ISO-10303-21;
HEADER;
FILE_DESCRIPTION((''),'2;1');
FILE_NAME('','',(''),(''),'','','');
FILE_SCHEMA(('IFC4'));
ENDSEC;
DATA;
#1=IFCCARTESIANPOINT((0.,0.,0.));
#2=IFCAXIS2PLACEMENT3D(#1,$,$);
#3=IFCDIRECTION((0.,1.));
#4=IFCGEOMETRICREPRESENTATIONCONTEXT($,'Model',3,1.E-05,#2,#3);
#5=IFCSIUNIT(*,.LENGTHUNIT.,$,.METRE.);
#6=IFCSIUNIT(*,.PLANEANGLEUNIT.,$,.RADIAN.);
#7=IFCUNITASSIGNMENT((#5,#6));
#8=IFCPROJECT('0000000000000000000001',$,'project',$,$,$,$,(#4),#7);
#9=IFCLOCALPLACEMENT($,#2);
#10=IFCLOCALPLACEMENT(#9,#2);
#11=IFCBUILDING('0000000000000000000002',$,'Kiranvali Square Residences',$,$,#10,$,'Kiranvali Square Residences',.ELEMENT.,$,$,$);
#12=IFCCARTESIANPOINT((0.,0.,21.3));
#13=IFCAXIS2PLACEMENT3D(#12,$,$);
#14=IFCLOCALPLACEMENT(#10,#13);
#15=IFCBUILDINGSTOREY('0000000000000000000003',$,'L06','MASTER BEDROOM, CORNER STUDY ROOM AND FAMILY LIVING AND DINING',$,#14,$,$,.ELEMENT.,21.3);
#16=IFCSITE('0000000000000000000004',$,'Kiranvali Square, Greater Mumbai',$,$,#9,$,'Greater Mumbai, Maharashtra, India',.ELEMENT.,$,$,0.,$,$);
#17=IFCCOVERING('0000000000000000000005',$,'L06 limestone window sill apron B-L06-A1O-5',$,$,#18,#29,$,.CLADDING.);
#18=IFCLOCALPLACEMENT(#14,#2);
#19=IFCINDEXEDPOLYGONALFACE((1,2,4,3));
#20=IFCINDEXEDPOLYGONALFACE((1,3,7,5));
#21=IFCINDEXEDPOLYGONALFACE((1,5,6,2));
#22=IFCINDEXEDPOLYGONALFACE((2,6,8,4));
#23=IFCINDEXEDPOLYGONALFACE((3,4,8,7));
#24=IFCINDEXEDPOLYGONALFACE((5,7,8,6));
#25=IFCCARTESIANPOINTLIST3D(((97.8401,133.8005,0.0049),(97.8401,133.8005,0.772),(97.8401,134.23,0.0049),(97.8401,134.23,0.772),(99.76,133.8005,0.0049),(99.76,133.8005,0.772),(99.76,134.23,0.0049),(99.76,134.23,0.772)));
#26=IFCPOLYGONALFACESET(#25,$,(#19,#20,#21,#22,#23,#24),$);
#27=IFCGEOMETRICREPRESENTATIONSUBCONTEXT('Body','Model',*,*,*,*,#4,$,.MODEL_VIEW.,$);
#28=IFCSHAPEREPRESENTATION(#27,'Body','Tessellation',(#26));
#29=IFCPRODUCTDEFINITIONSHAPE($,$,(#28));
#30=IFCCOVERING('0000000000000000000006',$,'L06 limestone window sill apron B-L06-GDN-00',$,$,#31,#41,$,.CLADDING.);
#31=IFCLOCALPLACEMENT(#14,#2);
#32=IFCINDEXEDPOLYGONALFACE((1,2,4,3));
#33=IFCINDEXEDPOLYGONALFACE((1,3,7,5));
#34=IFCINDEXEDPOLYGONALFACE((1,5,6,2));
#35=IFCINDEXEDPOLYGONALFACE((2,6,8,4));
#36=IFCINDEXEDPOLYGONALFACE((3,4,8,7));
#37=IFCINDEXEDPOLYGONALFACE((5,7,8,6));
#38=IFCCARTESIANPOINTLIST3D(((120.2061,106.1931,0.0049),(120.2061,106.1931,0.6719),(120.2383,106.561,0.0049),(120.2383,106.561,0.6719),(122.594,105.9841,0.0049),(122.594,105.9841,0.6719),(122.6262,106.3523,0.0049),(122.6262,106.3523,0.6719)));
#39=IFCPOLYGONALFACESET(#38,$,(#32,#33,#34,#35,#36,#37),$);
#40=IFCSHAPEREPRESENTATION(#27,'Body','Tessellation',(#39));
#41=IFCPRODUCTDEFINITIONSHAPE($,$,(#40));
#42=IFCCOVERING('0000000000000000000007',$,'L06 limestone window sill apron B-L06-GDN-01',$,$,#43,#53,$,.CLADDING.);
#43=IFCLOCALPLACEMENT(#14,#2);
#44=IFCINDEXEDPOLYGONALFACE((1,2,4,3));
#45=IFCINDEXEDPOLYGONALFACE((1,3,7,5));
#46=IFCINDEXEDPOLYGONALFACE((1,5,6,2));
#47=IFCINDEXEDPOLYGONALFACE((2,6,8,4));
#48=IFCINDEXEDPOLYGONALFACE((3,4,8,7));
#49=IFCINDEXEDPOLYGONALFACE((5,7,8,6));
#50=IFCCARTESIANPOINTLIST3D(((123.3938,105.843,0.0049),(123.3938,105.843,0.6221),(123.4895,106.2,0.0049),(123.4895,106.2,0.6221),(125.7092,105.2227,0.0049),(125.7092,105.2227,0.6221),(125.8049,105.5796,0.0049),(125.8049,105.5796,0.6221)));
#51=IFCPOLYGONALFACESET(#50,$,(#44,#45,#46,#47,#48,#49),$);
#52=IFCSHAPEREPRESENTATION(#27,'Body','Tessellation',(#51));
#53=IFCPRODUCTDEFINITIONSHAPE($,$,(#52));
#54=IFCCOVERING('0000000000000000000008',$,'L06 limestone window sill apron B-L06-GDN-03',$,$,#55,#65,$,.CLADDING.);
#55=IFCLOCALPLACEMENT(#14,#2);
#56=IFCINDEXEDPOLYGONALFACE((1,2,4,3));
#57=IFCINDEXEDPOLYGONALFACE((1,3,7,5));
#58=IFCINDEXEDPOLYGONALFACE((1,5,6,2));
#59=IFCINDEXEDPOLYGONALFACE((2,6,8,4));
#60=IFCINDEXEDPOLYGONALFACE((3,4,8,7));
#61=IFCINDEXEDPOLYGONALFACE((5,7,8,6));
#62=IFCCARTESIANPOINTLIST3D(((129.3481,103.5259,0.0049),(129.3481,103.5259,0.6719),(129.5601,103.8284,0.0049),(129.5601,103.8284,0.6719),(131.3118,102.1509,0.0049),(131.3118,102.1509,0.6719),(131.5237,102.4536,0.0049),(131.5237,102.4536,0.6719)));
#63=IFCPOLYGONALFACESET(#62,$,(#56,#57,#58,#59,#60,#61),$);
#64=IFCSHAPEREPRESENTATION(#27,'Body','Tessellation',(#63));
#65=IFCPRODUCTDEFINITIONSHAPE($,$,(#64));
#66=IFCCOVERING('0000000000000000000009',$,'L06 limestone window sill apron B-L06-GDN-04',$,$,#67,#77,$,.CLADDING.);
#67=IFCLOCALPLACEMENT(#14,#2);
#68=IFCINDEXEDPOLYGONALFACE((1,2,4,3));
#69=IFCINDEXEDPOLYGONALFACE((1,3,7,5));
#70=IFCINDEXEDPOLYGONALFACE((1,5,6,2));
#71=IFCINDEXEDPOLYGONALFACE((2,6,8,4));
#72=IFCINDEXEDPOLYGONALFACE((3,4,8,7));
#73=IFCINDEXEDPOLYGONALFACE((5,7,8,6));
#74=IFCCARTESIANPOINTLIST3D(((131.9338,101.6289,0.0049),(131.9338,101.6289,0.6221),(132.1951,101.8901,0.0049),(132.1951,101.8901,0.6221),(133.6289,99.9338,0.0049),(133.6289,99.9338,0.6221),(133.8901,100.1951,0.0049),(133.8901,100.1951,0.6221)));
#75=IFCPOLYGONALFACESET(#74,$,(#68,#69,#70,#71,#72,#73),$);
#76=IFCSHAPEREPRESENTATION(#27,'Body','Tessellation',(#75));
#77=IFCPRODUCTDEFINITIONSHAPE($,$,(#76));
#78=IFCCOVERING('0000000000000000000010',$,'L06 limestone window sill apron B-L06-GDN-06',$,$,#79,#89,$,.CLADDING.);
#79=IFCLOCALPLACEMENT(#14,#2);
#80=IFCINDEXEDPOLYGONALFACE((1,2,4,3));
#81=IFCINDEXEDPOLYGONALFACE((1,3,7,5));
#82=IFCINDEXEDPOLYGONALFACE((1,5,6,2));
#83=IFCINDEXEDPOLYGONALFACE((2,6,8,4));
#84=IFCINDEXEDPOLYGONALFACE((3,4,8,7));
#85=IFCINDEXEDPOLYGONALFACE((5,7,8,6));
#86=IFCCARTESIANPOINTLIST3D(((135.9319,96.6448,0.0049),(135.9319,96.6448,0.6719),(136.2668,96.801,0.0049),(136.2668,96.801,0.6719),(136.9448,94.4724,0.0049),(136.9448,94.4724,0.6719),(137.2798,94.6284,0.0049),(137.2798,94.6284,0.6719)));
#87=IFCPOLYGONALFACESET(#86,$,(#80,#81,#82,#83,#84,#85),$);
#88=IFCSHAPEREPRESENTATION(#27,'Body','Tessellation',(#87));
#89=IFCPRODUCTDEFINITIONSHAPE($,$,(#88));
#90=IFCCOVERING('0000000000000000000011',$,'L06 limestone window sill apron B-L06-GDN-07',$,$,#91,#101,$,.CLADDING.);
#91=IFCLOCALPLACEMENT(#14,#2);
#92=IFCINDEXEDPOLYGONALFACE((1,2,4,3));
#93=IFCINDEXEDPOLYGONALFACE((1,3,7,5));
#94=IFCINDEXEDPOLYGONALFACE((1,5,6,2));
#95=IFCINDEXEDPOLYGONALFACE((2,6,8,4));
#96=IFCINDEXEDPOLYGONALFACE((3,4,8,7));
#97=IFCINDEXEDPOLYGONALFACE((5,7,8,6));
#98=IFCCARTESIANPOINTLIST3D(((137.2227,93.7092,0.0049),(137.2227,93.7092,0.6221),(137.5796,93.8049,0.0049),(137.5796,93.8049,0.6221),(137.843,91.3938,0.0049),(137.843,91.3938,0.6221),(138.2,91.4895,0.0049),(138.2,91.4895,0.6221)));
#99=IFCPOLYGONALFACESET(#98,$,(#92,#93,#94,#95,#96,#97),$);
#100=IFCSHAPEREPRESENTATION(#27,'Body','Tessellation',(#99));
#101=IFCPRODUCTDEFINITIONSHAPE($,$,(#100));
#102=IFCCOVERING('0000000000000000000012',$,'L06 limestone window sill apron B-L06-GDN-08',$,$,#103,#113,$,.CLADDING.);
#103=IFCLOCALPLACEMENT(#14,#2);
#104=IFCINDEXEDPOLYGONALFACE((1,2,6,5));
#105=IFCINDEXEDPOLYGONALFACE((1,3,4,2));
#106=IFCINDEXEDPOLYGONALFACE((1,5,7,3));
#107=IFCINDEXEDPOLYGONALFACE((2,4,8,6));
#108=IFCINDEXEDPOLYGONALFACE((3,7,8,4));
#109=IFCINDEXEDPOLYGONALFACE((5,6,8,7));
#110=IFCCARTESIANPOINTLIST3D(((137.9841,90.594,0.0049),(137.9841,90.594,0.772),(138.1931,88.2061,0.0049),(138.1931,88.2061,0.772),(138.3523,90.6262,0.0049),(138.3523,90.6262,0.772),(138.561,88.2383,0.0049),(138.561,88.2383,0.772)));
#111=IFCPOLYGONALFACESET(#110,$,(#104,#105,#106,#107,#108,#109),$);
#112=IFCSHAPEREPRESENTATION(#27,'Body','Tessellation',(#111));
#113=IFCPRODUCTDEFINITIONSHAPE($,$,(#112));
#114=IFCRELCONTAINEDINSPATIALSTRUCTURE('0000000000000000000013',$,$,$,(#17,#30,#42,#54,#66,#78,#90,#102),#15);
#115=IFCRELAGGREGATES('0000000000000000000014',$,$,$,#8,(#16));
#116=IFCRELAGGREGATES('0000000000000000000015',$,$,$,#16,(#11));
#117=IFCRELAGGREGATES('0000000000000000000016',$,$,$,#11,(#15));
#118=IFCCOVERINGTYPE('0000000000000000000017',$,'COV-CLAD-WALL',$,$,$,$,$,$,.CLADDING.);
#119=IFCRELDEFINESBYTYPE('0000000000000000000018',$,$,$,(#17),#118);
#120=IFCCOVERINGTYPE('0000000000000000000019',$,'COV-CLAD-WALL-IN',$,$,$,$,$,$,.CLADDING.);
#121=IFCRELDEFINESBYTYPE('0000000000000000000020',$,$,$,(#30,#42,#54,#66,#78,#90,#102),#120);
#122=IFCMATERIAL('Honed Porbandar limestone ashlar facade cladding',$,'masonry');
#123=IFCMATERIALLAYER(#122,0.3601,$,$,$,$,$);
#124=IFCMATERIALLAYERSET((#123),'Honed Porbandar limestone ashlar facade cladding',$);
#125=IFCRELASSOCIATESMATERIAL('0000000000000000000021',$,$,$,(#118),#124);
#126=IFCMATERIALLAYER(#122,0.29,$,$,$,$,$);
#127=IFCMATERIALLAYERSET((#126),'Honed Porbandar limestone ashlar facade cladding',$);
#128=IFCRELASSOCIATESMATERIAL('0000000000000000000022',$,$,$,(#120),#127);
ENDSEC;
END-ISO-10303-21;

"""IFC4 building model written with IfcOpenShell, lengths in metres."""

from ifc_helpers import new_model, si_unit, direction, frame, origin, place, context, subcontext, project, spatial, polyline, outline, extrude, material, layer, layer_set, type_object, element, save


model = new_model("IFC4")

# Units and contexts
model_context = context("Model", 3, precision=1e-05, world=origin(), true_north=direction((0.0, 1.0)))
body_context = subcontext(model_context, "Body", "Model", "MODEL_VIEW")
ifc_project = project(units=[si_unit("LENGTHUNIT", "METRE"), si_unit("PLANEANGLEUNIT", "RADIAN")], contexts=[model_context])

# Site, building, storey
site_placement = place(None, origin())
site = spatial("IfcSite", under=ifc_project, at=site_placement, Name="Kiranvali Square, Greater Mumbai", LongName="Greater Mumbai, Maharashtra, India", CompositionType="ELEMENT", RefElevation=0.0)
building_placement = place(site_placement, origin())
building = spatial("IfcBuilding", under=site, at=building_placement, Name="Kiranvali Square Residences", LongName="Kiranvali Square Residences", CompositionType="ELEMENT")
storey_placement = place(building_placement, frame((0.0, 0.0, 21.3)))
storey = spatial("IfcBuildingStorey", under=building, at=storey_placement, Name="L06", Description="MASTER BEDROOM, CORNER STUDY ROOM AND FAMILY LIVING AND DINING", CompositionType="ELEMENT", Elevation=21.3)

# Coverings
ifc_material = material(Name="Honed Porbandar limestone ashlar facade cladding", Category="masonry")
ifc_layer_1 = layer(ifc_material, 0.3601)
ifc_layer_set_1 = layer_set([ifc_layer_1], Name="Honed Porbandar limestone ashlar facade cladding")
covering_type_1 = type_object("IfcCoveringType", Name="COV-CLAD-WALL", PredefinedType="CLADDING", material=ifc_layer_set_1)
covering_1_placement = place(storey_placement, frame((0.0, 0.0, 0.0049)))
element("IfcCovering", 1, at=covering_1_placement, inside=storey, type_object=covering_type_1, Name="L06 limestone window sill apron B-L06-A1O-5", PredefinedType="CLADDING", context=body_context, shape_type="SweptSolid", body=[
    extrude(outline(polyline([(99.76, 134.23), (97.8401, 134.23), (97.8401, 133.8005), (99.76, 133.8005), (99.76, 134.23)])), origin(), (0.0, 0.0, 1.0), 0.7671),
])
ifc_layer_2 = layer(ifc_material, 0.29)
ifc_layer_set_2 = layer_set([ifc_layer_2], Name="Honed Porbandar limestone ashlar facade cladding")
covering_type_2 = type_object("IfcCoveringType", Name="COV-CLAD-WALL-IN", PredefinedType="CLADDING", material=ifc_layer_set_2)
covering_2_placement = place(storey_placement, frame((0.0, 0.0, 0.0049)))
element("IfcCovering", 2, at=covering_2_placement, inside=storey, type_object=covering_type_2, Name="L06 limestone window sill apron B-L06-GDN-00", PredefinedType="CLADDING", context=body_context, shape_type="SweptSolid", body=[
    extrude(outline(polyline([(120.2061, 106.1931), (122.594, 105.9841), (122.6262, 106.3523), (120.2383, 106.561), (120.2061, 106.1931)])), origin(), (0.0, 0.0, 1.0), 0.667),
])
covering_3_placement = place(storey_placement, frame((0.0, 0.0, 0.0049)))
element("IfcCovering", 3, at=covering_3_placement, inside=storey, type_object=covering_type_2, Name="L06 limestone window sill apron B-L06-GDN-01", PredefinedType="CLADDING", context=body_context, shape_type="SweptSolid", body=[
    extrude(outline(polyline([(123.3938, 105.843), (125.7092, 105.2227), (125.8049, 105.5796), (123.4895, 106.2), (123.3938, 105.843)])), origin(), (0.0, 0.0, 1.0), 0.6172),
])
covering_4_placement = place(storey_placement, frame((0.0, 0.0, 0.0049)))
element("IfcCovering", 4, at=covering_4_placement, inside=storey, type_object=covering_type_2, Name="L06 limestone window sill apron B-L06-GDN-03", PredefinedType="CLADDING", context=body_context, shape_type="SweptSolid", body=[
    extrude(outline(polyline([(129.3481, 103.5259), (131.3118, 102.1509), (131.5237, 102.4536), (129.5601, 103.8284), (129.3481, 103.5259)])), origin(), (0.0, 0.0, 1.0), 0.667),
])
covering_5_placement = place(storey_placement, frame((0.0, 0.0, 0.0049)))
element("IfcCovering", 5, at=covering_5_placement, inside=storey, type_object=covering_type_2, Name="L06 limestone window sill apron B-L06-GDN-04", PredefinedType="CLADDING", context=body_context, shape_type="SweptSolid", body=[
    extrude(outline(polyline([(131.9338, 101.6289), (133.6289, 99.9338), (133.8901, 100.1951), (132.1951, 101.8901), (131.9338, 101.6289)])), origin(), (0.0, 0.0, 1.0), 0.6172),
])
covering_6_placement = place(storey_placement, frame((0.0, 0.0, 0.0049)))
element("IfcCovering", 6, at=covering_6_placement, inside=storey, type_object=covering_type_2, Name="L06 limestone window sill apron B-L06-GDN-06", PredefinedType="CLADDING", context=body_context, shape_type="SweptSolid", body=[
    extrude(outline(polyline([(135.9319, 96.6448), (136.9448, 94.4724), (137.2798, 94.6284), (136.2668, 96.801), (135.9319, 96.6448)])), origin(), (0.0, 0.0, 1.0), 0.667),
])
covering_7_placement = place(storey_placement, frame((0.0, 0.0, 0.0049)))
element("IfcCovering", 7, at=covering_7_placement, inside=storey, type_object=covering_type_2, Name="L06 limestone window sill apron B-L06-GDN-07", PredefinedType="CLADDING", context=body_context, shape_type="SweptSolid", body=[
    extrude(outline(polyline([(137.2227, 93.7092), (137.843, 91.3938), (138.2, 91.4895), (137.5796, 93.8049), (137.2227, 93.7092)])), origin(), (0.0, 0.0, 1.0), 0.6172),
])
covering_8_placement = place(storey_placement, frame((0.0, 0.0, 0.0049)))
element("IfcCovering", 8, at=covering_8_placement, inside=storey, type_object=covering_type_2, Name="L06 limestone window sill apron B-L06-GDN-08", PredefinedType="CLADDING", context=body_context, shape_type="SweptSolid", body=[
    extrude(outline(polyline([(137.9841, 90.594), (138.1931, 88.2061), (138.561, 88.2383), (138.3523, 90.6262), (137.9841, 90.594)])), origin(), (0.0, 0.0, 1.0), 0.7671),
])

save(model, "model.ifc")
